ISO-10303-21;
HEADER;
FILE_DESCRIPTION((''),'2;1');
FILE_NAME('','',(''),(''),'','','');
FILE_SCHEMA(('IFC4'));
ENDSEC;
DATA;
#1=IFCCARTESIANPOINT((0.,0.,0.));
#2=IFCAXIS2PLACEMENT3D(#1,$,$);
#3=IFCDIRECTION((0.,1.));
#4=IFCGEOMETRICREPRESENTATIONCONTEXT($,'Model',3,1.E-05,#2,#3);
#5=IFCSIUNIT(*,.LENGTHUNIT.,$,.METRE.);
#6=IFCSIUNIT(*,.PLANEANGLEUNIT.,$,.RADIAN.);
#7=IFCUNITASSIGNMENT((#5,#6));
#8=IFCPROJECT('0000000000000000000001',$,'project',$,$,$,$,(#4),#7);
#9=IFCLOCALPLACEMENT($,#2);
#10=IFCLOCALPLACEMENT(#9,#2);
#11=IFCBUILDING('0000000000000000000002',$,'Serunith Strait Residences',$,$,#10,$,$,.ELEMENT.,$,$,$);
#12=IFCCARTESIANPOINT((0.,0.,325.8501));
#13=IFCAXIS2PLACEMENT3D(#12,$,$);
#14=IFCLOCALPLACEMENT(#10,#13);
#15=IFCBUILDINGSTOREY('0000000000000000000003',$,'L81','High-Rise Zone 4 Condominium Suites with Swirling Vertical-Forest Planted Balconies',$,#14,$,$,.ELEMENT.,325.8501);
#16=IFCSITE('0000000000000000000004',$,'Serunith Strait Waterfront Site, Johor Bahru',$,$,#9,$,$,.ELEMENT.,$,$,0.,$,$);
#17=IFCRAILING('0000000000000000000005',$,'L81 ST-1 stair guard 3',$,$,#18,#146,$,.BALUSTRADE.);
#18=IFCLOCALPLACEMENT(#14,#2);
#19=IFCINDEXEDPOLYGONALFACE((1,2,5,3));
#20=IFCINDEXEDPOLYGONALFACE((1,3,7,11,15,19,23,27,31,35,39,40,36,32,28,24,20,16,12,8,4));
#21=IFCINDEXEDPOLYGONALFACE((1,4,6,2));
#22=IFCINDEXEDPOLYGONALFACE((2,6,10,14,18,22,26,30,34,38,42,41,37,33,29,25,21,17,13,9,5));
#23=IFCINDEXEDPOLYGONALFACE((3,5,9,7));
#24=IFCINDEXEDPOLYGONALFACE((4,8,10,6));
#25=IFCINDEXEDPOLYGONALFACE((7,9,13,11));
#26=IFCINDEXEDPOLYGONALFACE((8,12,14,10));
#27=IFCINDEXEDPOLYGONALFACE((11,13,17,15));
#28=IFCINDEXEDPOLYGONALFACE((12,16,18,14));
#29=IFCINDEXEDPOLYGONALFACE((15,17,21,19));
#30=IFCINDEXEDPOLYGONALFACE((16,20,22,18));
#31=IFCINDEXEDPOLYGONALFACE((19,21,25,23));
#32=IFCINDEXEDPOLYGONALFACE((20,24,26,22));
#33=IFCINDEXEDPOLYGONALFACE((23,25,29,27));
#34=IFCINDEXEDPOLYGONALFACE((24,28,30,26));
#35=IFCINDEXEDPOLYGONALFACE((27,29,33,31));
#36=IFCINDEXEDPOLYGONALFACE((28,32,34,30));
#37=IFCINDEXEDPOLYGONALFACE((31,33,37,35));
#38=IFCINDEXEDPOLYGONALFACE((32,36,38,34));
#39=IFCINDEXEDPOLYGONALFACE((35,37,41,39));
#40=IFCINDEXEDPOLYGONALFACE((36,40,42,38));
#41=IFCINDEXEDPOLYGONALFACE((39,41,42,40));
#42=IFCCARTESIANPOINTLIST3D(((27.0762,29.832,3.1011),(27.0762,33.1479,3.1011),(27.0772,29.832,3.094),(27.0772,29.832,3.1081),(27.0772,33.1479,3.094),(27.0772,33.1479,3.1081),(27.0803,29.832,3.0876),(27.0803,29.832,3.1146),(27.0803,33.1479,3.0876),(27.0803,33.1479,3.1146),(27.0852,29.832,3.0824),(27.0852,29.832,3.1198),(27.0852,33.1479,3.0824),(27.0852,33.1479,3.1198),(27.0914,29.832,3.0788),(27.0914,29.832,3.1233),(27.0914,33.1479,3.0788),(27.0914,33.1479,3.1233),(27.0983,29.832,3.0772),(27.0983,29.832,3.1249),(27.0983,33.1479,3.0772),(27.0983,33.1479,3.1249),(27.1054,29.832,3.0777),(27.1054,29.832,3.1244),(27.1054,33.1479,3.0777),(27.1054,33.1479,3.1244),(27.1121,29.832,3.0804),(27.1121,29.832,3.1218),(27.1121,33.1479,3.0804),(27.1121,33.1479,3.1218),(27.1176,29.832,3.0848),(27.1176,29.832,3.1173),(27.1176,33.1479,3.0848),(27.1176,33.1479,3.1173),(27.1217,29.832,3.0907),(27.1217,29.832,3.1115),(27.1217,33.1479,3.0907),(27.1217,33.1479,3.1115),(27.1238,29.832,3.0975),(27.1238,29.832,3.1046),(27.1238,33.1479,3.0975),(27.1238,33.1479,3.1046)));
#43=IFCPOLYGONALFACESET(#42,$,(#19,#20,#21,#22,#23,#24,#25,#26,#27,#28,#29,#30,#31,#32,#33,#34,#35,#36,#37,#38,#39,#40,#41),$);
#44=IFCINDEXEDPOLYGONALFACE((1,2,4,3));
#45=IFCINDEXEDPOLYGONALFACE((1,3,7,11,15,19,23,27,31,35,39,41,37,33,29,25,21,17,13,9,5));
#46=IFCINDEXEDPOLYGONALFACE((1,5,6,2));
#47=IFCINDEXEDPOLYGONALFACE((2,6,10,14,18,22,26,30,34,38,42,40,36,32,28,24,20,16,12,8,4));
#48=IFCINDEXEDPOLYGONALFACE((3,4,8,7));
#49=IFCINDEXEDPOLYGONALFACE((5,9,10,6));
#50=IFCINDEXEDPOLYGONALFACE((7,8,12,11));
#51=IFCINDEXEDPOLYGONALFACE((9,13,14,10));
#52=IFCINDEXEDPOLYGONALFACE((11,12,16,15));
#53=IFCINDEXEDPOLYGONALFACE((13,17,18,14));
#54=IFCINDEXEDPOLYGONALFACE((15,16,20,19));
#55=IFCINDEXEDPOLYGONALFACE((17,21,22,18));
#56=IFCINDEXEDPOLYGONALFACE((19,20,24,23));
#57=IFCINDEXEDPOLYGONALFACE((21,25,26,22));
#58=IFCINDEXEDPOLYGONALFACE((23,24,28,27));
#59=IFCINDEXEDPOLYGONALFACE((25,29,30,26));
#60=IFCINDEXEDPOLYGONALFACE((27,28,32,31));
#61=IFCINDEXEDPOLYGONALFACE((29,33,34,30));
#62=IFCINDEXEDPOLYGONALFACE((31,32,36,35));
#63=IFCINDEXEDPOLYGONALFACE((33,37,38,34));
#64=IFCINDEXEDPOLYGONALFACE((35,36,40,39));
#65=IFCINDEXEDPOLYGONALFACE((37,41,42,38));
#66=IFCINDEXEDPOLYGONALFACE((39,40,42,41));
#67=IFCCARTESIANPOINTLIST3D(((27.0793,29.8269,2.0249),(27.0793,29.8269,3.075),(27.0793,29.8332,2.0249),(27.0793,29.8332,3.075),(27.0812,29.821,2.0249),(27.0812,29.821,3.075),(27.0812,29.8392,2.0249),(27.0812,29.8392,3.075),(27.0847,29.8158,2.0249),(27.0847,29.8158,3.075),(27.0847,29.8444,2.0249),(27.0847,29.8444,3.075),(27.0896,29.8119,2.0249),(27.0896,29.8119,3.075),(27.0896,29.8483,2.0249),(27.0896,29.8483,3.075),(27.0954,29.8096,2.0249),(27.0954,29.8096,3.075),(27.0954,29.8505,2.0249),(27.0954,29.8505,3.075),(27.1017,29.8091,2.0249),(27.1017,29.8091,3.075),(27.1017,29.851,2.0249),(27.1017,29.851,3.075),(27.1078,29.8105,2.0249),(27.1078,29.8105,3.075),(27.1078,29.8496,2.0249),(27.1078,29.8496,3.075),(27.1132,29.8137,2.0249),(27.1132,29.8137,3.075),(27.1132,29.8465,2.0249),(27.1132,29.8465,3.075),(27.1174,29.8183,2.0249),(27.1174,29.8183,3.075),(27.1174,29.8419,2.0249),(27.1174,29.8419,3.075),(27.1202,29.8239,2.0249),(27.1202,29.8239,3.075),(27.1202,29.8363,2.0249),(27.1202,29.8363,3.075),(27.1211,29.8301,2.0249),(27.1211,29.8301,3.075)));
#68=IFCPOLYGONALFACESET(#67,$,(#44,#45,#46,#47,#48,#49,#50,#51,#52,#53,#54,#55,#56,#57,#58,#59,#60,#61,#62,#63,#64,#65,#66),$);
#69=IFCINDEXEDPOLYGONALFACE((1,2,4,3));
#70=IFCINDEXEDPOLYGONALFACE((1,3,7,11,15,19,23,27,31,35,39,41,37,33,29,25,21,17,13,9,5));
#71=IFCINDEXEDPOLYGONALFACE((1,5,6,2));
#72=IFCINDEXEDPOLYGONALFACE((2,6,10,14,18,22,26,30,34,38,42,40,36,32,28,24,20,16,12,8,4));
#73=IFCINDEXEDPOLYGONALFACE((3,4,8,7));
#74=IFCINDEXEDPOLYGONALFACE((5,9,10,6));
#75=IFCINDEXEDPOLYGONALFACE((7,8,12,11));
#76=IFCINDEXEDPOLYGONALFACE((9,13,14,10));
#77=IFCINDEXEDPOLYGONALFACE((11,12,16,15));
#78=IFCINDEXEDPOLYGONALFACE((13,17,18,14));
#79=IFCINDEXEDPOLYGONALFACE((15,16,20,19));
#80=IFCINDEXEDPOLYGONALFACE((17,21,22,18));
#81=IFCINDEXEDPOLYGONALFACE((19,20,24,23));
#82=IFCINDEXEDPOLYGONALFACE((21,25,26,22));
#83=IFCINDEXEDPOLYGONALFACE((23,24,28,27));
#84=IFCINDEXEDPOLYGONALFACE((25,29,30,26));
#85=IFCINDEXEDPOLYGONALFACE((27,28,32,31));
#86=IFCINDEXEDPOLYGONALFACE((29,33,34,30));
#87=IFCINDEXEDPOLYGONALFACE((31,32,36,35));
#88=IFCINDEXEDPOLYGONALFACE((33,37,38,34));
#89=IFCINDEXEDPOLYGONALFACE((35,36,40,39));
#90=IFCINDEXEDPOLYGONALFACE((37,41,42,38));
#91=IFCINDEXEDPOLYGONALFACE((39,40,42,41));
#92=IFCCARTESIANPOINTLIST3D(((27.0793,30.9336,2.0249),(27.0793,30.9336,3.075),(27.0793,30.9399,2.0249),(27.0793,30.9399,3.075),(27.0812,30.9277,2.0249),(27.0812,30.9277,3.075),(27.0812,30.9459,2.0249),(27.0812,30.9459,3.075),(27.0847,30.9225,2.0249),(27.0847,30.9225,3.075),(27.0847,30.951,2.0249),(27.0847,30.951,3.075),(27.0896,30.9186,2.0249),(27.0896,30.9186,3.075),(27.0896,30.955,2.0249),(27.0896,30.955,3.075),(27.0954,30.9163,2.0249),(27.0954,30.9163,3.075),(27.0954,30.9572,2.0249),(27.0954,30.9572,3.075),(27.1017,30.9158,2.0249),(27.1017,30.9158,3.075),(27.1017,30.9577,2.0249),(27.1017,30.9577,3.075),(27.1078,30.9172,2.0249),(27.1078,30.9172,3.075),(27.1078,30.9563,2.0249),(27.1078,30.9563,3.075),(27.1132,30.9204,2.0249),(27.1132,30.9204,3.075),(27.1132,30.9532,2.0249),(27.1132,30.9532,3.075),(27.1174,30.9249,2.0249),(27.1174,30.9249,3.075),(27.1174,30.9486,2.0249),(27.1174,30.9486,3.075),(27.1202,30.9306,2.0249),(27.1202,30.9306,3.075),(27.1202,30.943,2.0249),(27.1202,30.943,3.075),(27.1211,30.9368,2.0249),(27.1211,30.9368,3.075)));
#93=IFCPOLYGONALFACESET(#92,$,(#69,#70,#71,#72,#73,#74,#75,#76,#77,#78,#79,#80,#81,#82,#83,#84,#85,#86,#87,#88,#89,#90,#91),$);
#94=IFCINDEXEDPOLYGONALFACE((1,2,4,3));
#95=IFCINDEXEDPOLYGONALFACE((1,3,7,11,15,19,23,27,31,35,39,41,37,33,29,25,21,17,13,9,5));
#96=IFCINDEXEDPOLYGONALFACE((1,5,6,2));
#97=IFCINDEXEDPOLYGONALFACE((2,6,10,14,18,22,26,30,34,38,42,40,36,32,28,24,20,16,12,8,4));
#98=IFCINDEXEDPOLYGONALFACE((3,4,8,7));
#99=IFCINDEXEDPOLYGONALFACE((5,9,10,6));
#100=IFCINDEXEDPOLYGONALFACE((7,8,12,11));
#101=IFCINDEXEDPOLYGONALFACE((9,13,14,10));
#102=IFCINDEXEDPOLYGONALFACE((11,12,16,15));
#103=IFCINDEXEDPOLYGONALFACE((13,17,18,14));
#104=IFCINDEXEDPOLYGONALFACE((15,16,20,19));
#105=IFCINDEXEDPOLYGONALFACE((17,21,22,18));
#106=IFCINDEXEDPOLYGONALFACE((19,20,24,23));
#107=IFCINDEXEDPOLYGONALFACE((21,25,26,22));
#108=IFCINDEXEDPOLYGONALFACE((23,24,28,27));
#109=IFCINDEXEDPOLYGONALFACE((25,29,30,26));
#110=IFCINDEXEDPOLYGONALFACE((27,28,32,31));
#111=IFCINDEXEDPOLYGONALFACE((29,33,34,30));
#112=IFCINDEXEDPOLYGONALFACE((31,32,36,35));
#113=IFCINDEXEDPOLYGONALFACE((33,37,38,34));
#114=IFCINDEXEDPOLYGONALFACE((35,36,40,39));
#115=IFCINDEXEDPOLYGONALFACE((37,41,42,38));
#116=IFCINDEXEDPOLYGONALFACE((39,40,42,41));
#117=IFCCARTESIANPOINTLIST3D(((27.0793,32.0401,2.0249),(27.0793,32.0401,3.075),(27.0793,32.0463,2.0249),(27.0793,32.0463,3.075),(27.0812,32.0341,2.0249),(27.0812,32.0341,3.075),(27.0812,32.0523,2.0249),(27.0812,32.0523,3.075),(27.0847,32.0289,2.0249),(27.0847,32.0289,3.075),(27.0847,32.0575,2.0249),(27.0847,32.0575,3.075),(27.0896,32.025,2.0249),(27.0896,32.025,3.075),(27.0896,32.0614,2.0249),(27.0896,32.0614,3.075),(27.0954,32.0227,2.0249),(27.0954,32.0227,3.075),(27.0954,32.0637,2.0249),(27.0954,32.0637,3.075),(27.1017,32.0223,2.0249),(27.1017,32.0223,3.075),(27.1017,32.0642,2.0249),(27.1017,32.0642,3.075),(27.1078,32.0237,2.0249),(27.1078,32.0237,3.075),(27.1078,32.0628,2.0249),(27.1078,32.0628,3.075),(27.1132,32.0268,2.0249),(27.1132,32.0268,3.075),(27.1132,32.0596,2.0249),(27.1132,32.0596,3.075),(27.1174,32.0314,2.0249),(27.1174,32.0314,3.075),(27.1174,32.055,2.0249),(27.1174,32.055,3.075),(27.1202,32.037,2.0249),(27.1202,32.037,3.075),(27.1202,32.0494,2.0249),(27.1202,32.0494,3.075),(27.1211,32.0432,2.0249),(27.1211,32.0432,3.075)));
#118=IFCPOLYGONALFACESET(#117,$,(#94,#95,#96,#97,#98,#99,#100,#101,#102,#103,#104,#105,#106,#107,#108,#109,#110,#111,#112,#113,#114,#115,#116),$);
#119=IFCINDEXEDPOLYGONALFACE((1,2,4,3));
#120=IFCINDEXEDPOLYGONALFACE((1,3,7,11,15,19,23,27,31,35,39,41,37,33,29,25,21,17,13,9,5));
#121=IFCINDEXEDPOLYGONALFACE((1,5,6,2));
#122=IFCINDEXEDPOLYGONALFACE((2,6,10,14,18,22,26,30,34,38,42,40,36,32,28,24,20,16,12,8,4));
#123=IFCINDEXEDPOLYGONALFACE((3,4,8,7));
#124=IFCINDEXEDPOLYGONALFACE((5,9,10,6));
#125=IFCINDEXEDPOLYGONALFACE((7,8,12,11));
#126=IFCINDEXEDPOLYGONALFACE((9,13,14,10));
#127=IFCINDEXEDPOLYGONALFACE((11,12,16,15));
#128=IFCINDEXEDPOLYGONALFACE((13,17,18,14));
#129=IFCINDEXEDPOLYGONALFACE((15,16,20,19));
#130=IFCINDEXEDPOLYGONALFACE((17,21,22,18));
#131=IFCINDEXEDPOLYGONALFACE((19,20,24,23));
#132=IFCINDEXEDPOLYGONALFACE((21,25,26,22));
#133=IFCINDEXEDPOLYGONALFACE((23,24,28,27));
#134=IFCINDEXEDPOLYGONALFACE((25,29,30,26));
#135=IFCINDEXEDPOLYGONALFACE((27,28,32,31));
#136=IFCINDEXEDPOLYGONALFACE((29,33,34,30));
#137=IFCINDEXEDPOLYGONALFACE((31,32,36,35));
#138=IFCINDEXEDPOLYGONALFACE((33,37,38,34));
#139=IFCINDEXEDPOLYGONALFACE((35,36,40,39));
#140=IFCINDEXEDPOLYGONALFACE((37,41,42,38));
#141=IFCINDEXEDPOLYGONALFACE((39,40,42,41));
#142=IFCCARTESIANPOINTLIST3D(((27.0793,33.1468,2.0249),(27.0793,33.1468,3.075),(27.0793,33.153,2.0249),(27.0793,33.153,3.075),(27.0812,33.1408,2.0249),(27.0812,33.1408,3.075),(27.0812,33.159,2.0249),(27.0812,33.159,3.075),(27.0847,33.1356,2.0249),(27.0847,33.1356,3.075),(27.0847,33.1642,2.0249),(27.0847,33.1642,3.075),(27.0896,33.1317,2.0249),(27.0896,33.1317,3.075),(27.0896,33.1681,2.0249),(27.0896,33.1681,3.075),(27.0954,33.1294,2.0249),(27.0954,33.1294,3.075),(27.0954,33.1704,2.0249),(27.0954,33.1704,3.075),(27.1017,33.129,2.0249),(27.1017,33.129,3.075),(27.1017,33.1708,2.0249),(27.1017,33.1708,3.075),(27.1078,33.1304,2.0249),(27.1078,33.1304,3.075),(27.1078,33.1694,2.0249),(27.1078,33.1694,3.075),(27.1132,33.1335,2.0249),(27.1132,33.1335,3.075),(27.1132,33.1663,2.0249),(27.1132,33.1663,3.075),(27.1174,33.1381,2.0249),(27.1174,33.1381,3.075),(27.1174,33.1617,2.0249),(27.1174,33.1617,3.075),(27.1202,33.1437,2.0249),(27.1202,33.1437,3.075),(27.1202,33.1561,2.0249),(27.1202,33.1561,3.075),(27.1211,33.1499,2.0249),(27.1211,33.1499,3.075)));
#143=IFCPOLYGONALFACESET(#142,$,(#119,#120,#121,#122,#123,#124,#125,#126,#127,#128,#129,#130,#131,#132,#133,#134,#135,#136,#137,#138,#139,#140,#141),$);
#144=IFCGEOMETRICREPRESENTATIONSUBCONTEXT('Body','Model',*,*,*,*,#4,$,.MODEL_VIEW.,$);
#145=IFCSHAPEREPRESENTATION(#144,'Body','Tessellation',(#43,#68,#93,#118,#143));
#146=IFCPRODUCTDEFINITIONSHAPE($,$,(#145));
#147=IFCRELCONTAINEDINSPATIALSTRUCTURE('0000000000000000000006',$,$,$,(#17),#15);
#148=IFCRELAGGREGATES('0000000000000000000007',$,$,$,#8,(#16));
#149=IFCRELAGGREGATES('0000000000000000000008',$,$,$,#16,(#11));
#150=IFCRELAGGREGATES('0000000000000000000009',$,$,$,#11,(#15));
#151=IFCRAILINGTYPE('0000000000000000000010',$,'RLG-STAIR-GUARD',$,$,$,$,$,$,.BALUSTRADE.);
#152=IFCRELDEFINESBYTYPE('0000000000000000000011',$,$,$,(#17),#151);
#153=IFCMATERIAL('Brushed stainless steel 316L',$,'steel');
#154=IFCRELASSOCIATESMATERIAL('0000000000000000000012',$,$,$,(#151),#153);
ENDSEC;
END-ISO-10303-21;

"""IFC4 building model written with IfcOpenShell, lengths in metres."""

from ifc_helpers import new_model, si_unit, direction, frame, origin, origin_2d, place, context, subcontext, project, spatial, circle, extrude, material, type_object, element, save


model = new_model("IFC4")

# Units and contexts
model_context = context("Model", 3, precision=1e-05, world=origin(), true_north=direction((0.0, 1.0)))
body_context = subcontext(model_context, "Body", "Model", "MODEL_VIEW")
ifc_project = project(units=[si_unit("LENGTHUNIT", "METRE"), si_unit("PLANEANGLEUNIT", "RADIAN")], contexts=[model_context])

# Site, building, storey
site_placement = place(None, origin())
site = spatial("IfcSite", under=ifc_project, at=site_placement, Name="Serunith Strait Waterfront Site, Johor Bahru", CompositionType="ELEMENT", RefElevation=0.0)
building_placement = place(site_placement, origin())
building = spatial("IfcBuilding", under=site, at=building_placement, Name="Serunith Strait Residences", CompositionType="ELEMENT")
storey_placement = place(building_placement, frame((0.0, 0.0, 325.8501)))
storey = spatial("IfcBuildingStorey", under=building, at=storey_placement, Name="L81", Description="High-Rise Zone 4 Condominium Suites with Swirling Vertical-Forest Planted Balconies", CompositionType="ELEMENT", Elevation=325.8501)

# Railing
ifc_material_1 = material(Name="Brushed stainless steel 316L", Category="steel")
railing_type_1 = type_object("IfcRailingType", Name="RLG-STAIR-GUARD", PredefinedType="BALUSTRADE", material=ifc_material_1)
for number, where, name in (
    (1, (27.1001, 29.8301, 2.0249), "L81 ST-1 stair guard 3"),
):
    element("IfcRailing", number, at=place(storey_placement, frame(where)), inside=storey, type_object=railing_type_1, Name=name, PredefinedType="BALUSTRADE", context=body_context, shape_type="SweptSolid", body=[
        extrude(circle(Radius=0.0239, at=origin_2d()), frame((0.0, 0.002, 1.0762), z_axis=(0.0, 1.0, 0.0), x_axis=(-1.0, 0.0, 0.0)), (0.0, 0.0, 1.0), 3.3159),
        extrude(circle(Radius=0.021, at=origin_2d()), origin(), (0.0, 0.0, 1.0), 1.05),
        extrude(circle(Radius=0.021, at=origin_2d()), frame((0.0, 1.1067, 0.0)), (0.0, 0.0, 1.0), 1.05),
        extrude(circle(Radius=0.021, at=origin_2d()), frame((0.0, 2.2131, 0.0)), (0.0, 0.0, 1.0), 1.05),
        extrude(circle(Radius=0.021, at=origin_2d()), frame((0.0, 3.3198, 0.0)), (0.0, 0.0, 1.0), 1.05),
    ])

save(model, "model.ifc")
